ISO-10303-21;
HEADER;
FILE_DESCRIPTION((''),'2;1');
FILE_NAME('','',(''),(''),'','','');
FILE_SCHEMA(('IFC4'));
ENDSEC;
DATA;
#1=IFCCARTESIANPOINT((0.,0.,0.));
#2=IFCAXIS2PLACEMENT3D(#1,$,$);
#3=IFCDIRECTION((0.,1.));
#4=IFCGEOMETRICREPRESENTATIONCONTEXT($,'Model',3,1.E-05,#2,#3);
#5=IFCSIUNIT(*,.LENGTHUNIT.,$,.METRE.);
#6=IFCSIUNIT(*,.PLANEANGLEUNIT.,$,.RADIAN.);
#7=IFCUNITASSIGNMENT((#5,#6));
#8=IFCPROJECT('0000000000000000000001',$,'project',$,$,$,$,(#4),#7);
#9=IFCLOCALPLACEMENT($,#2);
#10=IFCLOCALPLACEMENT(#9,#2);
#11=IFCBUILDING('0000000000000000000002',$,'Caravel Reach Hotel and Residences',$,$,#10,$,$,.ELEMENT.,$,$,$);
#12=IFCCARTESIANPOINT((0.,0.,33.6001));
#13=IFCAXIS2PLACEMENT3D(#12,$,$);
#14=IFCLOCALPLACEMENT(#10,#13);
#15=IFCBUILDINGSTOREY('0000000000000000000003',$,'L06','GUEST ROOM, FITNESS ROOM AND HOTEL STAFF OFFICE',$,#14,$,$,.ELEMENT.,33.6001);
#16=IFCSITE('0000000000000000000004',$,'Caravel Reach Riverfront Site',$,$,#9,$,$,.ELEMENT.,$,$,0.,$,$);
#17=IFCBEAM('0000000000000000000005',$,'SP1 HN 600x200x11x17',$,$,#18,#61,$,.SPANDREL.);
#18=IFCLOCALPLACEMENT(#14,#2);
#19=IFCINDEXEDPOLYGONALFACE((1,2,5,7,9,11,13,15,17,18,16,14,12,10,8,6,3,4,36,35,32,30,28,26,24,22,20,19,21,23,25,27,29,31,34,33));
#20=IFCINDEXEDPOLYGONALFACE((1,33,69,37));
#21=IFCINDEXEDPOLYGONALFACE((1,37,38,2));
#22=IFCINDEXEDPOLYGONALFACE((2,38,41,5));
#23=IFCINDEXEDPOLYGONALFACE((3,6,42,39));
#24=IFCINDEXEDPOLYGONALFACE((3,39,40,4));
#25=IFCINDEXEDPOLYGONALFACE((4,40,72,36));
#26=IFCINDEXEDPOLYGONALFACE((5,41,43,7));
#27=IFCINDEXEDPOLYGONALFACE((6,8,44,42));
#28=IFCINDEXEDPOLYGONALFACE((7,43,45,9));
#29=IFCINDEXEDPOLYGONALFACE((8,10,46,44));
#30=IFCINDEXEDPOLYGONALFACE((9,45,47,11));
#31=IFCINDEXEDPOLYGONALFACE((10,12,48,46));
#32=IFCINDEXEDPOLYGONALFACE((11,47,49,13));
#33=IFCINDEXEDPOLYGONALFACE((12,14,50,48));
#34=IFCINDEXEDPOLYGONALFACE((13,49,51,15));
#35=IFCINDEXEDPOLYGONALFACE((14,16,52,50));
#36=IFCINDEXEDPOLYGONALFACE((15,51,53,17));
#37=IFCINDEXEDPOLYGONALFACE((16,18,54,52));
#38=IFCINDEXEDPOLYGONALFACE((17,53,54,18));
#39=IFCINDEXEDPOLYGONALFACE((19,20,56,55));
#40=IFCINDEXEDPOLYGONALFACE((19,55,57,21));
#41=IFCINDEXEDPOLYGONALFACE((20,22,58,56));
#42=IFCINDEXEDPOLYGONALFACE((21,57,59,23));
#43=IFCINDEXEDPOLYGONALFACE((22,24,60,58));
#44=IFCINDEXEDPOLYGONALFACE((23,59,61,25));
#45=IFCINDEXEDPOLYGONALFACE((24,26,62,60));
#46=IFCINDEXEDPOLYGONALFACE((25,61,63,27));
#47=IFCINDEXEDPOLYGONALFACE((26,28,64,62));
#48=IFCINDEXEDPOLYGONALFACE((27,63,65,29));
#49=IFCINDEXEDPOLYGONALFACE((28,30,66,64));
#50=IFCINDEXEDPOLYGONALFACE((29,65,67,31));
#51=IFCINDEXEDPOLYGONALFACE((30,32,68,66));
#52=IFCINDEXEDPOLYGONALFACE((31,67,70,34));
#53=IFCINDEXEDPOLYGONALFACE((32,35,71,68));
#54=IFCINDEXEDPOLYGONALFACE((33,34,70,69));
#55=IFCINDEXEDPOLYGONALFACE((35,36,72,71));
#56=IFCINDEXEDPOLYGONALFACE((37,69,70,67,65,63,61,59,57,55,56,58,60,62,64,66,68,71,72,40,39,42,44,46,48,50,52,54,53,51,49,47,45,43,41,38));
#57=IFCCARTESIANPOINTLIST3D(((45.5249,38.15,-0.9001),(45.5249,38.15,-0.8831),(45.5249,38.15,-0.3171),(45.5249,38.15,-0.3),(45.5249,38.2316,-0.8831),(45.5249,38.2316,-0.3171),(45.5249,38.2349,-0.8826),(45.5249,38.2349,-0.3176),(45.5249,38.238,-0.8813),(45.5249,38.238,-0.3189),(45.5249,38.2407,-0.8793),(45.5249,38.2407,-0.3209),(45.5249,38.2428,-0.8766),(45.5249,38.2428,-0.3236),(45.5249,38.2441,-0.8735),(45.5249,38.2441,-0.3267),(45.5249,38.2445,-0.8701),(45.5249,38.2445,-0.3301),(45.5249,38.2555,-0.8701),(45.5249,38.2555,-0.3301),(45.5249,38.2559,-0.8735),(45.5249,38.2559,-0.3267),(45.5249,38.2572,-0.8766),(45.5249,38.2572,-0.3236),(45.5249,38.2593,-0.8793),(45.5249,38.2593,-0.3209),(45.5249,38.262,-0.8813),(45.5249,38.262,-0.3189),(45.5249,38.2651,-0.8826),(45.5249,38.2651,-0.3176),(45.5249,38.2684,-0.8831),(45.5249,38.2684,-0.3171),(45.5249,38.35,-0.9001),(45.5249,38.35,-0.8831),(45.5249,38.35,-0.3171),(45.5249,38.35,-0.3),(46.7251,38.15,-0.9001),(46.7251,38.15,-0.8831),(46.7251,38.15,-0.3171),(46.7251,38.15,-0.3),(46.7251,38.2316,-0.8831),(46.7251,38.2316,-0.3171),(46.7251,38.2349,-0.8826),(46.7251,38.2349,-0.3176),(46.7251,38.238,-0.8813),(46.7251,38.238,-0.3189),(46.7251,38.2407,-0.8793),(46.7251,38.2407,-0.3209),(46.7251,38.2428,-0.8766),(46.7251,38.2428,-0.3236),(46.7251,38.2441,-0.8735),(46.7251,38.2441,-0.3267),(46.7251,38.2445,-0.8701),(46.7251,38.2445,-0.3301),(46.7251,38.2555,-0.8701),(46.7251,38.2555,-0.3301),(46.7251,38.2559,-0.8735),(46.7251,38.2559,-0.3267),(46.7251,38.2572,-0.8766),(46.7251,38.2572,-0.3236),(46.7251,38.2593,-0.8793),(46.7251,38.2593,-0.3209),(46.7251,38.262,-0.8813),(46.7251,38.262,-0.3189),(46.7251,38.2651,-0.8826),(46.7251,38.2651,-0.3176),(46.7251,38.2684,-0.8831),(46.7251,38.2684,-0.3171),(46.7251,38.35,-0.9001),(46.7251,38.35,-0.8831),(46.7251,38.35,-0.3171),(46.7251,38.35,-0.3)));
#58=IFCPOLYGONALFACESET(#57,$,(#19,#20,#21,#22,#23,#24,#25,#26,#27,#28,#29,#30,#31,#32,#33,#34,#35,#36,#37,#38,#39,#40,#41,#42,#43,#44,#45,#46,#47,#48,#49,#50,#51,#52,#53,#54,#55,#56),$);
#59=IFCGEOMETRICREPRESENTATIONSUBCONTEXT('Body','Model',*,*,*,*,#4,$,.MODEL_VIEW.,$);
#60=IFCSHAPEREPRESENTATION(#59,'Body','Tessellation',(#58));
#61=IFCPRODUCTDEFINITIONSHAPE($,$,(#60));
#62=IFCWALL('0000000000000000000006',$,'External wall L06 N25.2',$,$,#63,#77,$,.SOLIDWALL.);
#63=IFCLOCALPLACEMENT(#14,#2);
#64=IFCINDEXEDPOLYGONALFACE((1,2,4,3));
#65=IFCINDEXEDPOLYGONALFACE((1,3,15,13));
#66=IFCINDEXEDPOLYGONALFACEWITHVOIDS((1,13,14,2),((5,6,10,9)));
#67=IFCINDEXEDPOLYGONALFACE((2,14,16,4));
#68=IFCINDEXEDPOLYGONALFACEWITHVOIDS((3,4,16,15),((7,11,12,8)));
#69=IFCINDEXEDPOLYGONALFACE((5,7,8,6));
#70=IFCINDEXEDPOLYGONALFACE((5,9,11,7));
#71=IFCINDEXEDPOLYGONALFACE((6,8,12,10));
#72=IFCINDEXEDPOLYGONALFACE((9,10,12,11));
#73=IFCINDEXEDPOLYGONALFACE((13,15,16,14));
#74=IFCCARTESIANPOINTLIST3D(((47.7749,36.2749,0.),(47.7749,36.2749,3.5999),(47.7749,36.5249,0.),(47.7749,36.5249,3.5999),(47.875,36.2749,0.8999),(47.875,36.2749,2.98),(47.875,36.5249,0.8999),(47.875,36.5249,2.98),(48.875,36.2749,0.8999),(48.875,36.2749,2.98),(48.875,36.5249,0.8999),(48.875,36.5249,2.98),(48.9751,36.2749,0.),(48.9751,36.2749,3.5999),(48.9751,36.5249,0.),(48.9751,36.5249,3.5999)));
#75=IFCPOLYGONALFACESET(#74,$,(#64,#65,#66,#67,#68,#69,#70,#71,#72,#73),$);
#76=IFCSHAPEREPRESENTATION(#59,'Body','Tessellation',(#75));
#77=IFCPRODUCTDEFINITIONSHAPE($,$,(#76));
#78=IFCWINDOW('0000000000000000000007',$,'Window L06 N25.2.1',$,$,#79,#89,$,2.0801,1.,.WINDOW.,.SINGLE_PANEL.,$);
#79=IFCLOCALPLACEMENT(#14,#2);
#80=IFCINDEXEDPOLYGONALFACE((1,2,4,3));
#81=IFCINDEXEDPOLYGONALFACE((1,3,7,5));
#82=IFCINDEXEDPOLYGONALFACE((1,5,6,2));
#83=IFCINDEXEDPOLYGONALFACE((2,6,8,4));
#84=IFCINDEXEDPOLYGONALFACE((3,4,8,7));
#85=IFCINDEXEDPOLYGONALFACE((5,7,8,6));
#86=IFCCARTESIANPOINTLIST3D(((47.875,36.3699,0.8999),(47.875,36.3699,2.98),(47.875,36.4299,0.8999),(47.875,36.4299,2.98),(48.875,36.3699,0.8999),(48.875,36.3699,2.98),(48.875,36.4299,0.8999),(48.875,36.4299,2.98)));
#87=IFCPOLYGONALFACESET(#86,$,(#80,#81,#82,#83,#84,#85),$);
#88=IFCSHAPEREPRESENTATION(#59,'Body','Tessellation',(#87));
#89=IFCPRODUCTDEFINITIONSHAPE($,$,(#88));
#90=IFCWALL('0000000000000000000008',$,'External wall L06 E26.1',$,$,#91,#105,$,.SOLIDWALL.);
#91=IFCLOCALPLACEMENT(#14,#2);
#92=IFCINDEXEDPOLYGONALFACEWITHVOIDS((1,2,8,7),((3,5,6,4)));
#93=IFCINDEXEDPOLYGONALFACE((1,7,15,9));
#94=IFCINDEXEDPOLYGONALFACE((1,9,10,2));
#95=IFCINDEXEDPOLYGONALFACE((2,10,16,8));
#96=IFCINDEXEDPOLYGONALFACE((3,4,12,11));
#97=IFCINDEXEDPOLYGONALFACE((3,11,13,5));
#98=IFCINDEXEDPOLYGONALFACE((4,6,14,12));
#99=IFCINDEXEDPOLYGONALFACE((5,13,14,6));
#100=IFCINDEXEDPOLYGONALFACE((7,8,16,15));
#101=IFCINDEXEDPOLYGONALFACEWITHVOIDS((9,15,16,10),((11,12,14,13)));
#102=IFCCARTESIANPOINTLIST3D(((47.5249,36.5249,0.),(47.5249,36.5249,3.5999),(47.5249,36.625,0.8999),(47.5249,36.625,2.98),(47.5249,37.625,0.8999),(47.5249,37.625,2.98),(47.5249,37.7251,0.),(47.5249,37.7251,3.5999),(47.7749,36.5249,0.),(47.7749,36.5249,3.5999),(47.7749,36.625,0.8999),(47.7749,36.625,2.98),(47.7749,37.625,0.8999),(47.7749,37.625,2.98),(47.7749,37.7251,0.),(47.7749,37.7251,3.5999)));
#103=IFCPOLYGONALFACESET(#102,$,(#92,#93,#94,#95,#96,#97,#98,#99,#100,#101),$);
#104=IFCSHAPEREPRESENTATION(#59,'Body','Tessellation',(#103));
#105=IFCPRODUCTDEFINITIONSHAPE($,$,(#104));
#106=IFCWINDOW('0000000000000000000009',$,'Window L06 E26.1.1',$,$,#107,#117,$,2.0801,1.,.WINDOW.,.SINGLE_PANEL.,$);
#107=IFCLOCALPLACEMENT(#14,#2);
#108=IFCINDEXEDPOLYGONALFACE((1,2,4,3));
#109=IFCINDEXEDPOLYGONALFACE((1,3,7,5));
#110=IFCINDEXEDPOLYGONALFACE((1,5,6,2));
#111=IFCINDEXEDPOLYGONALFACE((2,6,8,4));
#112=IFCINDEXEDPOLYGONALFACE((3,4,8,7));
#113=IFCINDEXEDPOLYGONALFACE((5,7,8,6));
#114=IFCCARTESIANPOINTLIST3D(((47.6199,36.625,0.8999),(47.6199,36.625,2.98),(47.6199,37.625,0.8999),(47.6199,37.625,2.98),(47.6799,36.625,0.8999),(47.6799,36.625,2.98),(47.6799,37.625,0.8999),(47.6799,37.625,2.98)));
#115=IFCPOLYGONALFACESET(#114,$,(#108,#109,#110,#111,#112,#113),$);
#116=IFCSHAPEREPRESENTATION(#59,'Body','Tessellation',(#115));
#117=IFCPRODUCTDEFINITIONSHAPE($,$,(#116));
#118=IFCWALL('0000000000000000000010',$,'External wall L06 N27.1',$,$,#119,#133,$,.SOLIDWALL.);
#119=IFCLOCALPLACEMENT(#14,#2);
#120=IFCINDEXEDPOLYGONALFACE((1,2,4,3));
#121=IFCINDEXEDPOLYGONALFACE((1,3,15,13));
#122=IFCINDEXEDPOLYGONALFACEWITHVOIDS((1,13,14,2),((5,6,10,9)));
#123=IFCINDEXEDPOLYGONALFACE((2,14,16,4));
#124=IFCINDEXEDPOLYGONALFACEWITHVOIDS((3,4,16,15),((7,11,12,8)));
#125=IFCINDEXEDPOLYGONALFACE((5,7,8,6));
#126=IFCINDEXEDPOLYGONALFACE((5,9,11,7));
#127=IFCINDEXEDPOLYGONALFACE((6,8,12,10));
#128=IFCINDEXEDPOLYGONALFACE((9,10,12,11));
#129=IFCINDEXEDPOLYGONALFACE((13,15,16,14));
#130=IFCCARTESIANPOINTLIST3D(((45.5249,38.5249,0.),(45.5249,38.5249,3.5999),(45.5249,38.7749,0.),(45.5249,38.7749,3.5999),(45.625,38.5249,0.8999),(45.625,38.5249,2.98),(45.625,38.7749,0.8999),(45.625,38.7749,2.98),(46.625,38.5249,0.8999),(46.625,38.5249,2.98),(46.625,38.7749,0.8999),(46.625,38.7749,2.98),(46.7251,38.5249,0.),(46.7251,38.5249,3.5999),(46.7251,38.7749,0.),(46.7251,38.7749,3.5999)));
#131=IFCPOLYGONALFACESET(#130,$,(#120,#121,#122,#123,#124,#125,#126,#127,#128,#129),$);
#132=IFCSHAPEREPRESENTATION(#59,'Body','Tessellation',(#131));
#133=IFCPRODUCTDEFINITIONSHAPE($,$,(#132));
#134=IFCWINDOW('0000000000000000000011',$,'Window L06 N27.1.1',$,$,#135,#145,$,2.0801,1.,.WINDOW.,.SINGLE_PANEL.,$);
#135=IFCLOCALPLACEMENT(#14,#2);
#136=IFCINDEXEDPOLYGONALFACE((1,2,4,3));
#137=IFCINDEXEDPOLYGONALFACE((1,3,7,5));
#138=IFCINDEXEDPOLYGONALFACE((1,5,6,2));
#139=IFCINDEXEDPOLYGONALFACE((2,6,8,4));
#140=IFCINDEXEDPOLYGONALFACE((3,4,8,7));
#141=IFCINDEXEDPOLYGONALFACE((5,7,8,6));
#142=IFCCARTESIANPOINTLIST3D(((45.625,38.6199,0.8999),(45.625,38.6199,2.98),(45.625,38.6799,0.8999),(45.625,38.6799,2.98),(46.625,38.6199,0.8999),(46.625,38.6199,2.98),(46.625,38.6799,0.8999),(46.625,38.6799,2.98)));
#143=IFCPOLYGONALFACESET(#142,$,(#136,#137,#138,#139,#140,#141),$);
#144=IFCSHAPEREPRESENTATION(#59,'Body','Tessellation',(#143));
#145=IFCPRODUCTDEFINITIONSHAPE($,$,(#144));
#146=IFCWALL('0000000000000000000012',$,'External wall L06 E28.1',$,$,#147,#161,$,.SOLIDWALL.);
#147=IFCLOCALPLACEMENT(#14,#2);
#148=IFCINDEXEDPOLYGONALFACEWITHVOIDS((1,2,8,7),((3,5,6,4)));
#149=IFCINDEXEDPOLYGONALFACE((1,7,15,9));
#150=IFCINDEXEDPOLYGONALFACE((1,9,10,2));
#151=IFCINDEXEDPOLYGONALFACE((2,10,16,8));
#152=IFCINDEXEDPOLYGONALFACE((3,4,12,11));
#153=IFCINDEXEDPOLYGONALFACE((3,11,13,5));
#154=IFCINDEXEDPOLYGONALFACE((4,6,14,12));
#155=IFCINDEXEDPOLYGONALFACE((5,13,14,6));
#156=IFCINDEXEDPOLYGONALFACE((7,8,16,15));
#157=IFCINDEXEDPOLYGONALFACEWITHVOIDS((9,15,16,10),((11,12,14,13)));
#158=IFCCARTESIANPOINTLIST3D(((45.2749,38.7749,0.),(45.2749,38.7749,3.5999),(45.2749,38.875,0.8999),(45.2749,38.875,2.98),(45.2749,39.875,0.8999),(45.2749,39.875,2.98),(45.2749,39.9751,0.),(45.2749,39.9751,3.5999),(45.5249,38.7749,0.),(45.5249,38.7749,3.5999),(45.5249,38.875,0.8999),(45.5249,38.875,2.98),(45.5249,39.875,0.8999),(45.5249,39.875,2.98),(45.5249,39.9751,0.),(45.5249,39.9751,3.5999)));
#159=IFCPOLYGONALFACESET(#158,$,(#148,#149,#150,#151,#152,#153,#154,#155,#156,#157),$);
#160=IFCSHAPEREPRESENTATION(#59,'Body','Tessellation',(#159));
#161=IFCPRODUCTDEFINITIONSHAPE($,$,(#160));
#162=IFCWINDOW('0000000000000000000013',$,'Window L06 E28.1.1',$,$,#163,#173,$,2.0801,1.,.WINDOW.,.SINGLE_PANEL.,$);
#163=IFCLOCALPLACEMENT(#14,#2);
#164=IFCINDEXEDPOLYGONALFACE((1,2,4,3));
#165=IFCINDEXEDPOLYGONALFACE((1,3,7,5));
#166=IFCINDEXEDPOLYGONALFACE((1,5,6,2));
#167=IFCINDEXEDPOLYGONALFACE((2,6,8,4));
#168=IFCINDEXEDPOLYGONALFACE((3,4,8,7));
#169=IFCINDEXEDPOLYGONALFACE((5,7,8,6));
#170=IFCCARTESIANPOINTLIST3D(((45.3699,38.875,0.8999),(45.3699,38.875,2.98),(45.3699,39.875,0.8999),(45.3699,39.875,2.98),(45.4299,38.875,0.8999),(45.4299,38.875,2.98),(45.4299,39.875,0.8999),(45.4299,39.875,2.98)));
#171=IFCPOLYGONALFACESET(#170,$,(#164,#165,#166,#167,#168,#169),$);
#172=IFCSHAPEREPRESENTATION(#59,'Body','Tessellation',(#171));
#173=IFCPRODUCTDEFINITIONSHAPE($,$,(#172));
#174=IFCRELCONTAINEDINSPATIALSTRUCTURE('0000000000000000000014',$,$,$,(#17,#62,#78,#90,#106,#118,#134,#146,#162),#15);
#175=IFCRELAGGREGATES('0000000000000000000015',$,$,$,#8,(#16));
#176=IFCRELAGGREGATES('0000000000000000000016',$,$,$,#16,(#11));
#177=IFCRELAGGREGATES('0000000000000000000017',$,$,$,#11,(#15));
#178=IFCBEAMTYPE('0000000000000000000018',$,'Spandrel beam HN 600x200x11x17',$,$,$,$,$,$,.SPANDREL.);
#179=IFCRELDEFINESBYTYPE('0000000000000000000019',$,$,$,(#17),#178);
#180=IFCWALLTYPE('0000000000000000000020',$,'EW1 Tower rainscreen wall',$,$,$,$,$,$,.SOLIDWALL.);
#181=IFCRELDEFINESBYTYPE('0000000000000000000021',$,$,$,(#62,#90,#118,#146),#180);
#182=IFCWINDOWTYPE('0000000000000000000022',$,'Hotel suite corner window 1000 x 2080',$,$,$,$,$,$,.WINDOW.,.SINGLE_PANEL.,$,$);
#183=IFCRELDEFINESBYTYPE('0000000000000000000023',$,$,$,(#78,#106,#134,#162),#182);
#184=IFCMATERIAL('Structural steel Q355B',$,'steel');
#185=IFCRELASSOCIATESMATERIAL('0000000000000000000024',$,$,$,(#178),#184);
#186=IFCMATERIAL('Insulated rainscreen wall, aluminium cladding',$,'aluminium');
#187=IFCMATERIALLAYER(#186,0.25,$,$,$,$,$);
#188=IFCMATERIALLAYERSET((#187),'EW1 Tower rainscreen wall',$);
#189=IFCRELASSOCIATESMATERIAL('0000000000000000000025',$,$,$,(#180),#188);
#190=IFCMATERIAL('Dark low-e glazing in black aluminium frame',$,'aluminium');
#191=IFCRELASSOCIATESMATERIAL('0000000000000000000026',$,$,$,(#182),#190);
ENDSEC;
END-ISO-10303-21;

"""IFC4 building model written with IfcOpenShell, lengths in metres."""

from ifc_helpers import new_model, si_unit, direction, frame, frame_2d, origin, origin_2d, place, context, subcontext, project, spatial, rectangle, i_section, extrude, material, layer, layer_set, material_profile, profile_set, type_object, element, fill, save


model = new_model("IFC4")

# Units and contexts
model_context = context("Model", 3, precision=1e-05, world=origin(), true_north=direction((0.0, 1.0)))
body_context = subcontext(model_context, "Body", "Model", "MODEL_VIEW")
ifc_project = project(units=[si_unit("LENGTHUNIT", "METRE"), si_unit("PLANEANGLEUNIT", "RADIAN")], contexts=[model_context])

# Site, building, storey
site_placement = place(None, origin())
site = spatial("IfcSite", under=ifc_project, at=site_placement, Name="Caravel Reach Riverfront Site", CompositionType="ELEMENT", RefElevation=0.0)
building_placement = place(site_placement, origin())
building = spatial("IfcBuilding", under=site, at=building_placement, Name="Caravel Reach Hotel and Residences", CompositionType="ELEMENT")
storey_placement = place(building_placement, frame((0.0, 0.0, 33.6001)))
storey = spatial("IfcBuildingStorey", under=building, at=storey_placement, Name="L06", Description="GUEST ROOM, FITNESS ROOM AND HOTEL STAFF OFFICE", CompositionType="ELEMENT", Elevation=33.6001)

# Beam
ifc_material_1 = material(Name="Structural steel Q355B", Category="steel")
ifc_material_profile_1 = material_profile(ifc_material_1, i_section(OverallWidth=0.2, OverallDepth=0.6001, WebThickness=0.011, FlangeThickness=0.0171, FilletRadius=0.0129, at=origin_2d()), Name="HN 600x200x11x17")
ifc_profile_set_1 = profile_set([ifc_material_profile_1], Name="Structural steel Q355B")
beam_type_1 = type_object("IfcBeamType", Name="Spandrel beam HN 600x200x11x17", PredefinedType="SPANDREL", material=ifc_profile_set_1)
for number, where, z_axis, x_axis, name in (
    (1, (46.7251, 38.25, -0.6001), (-1.0, 0.0, 0.0), (0.0, -1.0, 0.0), "SP1 HN 600x200x11x17"),
):
    element("IfcBeam", number, at=place(storey_placement, frame(where, z_axis=z_axis, x_axis=x_axis)), inside=storey, type_object=beam_type_1, Name=name, PredefinedType="SPANDREL", context=body_context, shape_type="SweptSolid", body=[
        extrude(i_section(OverallWidth=0.2, OverallDepth=0.6001, WebThickness=0.011, FlangeThickness=0.0171, FilletRadius=0.0129, at=origin_2d()), origin(), (0.0, 0.0, 1.0), 1.2002),
    ])

# Walls, openings, windows
ifc_material_2 = material(Name="Insulated rainscreen wall, aluminium cladding", Category="aluminium")
ifc_layer = layer(ifc_material_2, 0.25)
ifc_layer_set = layer_set([ifc_layer], Name="EW1 Tower rainscreen wall")
wall_type = type_object("IfcWallType", Name="EW1 Tower rainscreen wall", PredefinedType="SOLIDWALL", material=ifc_layer_set)
wall_1_placement = place(storey_placement, frame((48.9751, 36.3999, 0.0), z_axis=(0.0, 0.0, 1.0), x_axis=(-1.0, 0.0, 0.0)))
wall_1 = element("IfcWall", 2, at=wall_1_placement, inside=storey, type_object=wall_type, Name="External wall L06 N25.2", PredefinedType="SOLIDWALL", context=body_context, shape_type="SweptSolid", body=[
    extrude(rectangle(XDim=1.2002, YDim=0.25, at=frame_2d((0.6001, 0.0))), origin(), (0.0, 0.0, 1.0), 3.5999),
])
opening_1_placement = place(wall_1_placement, frame((0.1001, 0.0, 0.8999)))
opening_1 = element("IfcOpeningElement", 3, at=opening_1_placement, cuts=wall_1, PredefinedType="OPENING", context=body_context, shape_type="SweptSolid", body=[
    extrude(rectangle(XDim=1.0, YDim=2.0801, at=frame_2d((0.5, 1.04))), frame((0.0, 0.135, 0.0), z_axis=(0.0, -1.0, 0.0), x_axis=(1.0, 0.0, 0.0)), (0.0, 0.0, 1.0), 0.27),
])
ifc_material_3 = material(Name="Dark low-e glazing in black aluminium frame", Category="aluminium")
window_type = type_object("IfcWindowType", Name="Hotel suite corner window 1000 x 2080", PartitioningType="SINGLE_PANEL", PredefinedType="WINDOW", material=ifc_material_3)
window_1_placement = place(opening_1_placement, origin())
window_1 = element("IfcWindow", 4, at=window_1_placement, inside=storey, type_object=window_type, Name="Window L06 N25.2.1", OverallHeight=2.0801, OverallWidth=1.0, PartitioningType="SINGLE_PANEL", PredefinedType="WINDOW", context=body_context, shape_type="SweptSolid", body=[
    extrude(rectangle(XDim=1.0, YDim=2.0801, at=frame_2d((0.5, 1.04))), frame((0.0, 0.03, 0.0), z_axis=(0.0, -1.0, 0.0), x_axis=(1.0, 0.0, 0.0)), (0.0, 0.0, 1.0), 0.0601),
])
fill(opening_1, window_1)
wall_2_placement = place(storey_placement, frame((47.6499, 36.5249, 0.0), z_axis=(0.0, 0.0, 1.0), x_axis=(0.0, 1.0, 0.0)))
wall_2 = element("IfcWall", 5, at=wall_2_placement, inside=storey, type_object=wall_type, Name="External wall L06 E26.1", PredefinedType="SOLIDWALL", context=body_context, shape_type="SweptSolid", body=[
    extrude(rectangle(XDim=1.2002, YDim=0.25, at=frame_2d((0.6001, 0.0))), origin(), (0.0, 0.0, 1.0), 3.5999),
])
opening_2_placement = place(wall_2_placement, frame((0.1001, 0.0, 0.8999)))
opening_2 = element("IfcOpeningElement", 6, at=opening_2_placement, cuts=wall_2, PredefinedType="OPENING", context=body_context, shape_type="SweptSolid", body=[
    extrude(rectangle(XDim=1.0, YDim=2.0801, at=frame_2d((0.5, 1.04))), frame((0.0, 0.135, 0.0), z_axis=(0.0, -1.0, 0.0), x_axis=(1.0, 0.0, 0.0)), (0.0, 0.0, 1.0), 0.27),
])
window_2_placement = place(opening_2_placement, origin())
window_2 = element("IfcWindow", 7, at=window_2_placement, inside=storey, type_object=window_type, Name="Window L06 E26.1.1", OverallHeight=2.0801, OverallWidth=1.0, PartitioningType="SINGLE_PANEL", PredefinedType="WINDOW", context=body_context, shape_type="SweptSolid", body=[
    extrude(rectangle(XDim=1.0, YDim=2.0801, at=frame_2d((0.5, 1.04))), frame((0.0, 0.03, 0.0), z_axis=(0.0, -1.0, 0.0), x_axis=(1.0, 0.0, 0.0)), (0.0, 0.0, 1.0), 0.0601),
])
fill(opening_2, window_2)
wall_3_placement = place(storey_placement, frame((46.7251, 38.6499, 0.0), z_axis=(0.0, 0.0, 1.0), x_axis=(-1.0, 0.0, 0.0)))
wall_3 = element("IfcWall", 8, at=wall_3_placement, inside=storey, type_object=wall_type, Name="External wall L06 N27.1", PredefinedType="SOLIDWALL", context=body_context, shape_type="SweptSolid", body=[
    extrude(rectangle(XDim=1.2002, YDim=0.25, at=frame_2d((0.6001, 0.0))), origin(), (0.0, 0.0, 1.0), 3.5999),
])
opening_3_placement = place(wall_3_placement, frame((0.1001, 0.0, 0.8999)))
opening_3 = element("IfcOpeningElement", 9, at=opening_3_placement, cuts=wall_3, PredefinedType="OPENING", context=body_context, shape_type="SweptSolid", body=[
    extrude(rectangle(XDim=1.0, YDim=2.0801, at=frame_2d((0.5, 1.04))), frame((0.0, 0.135, 0.0), z_axis=(0.0, -1.0, 0.0), x_axis=(1.0, 0.0, 0.0)), (0.0, 0.0, 1.0), 0.27),
])
window_3_placement = place(opening_3_placement, origin())
window_3 = element("IfcWindow", 10, at=window_3_placement, inside=storey, type_object=window_type, Name="Window L06 N27.1.1", OverallHeight=2.0801, OverallWidth=1.0, PartitioningType="SINGLE_PANEL", PredefinedType="WINDOW", context=body_context, shape_type="SweptSolid", body=[
    extrude(rectangle(XDim=1.0, YDim=2.0801, at=frame_2d((0.5, 1.04))), frame((0.0, 0.03, 0.0), z_axis=(0.0, -1.0, 0.0), x_axis=(1.0, 0.0, 0.0)), (0.0, 0.0, 1.0), 0.0601),
])
fill(opening_3, window_3)
wall_4_placement = place(storey_placement, frame((45.3999, 38.7749, 0.0), z_axis=(0.0, 0.0, 1.0), x_axis=(0.0, 1.0, 0.0)))
wall_4 = element("IfcWall", 11, at=wall_4_placement, inside=storey, type_object=wall_type, Name="External wall L06 E28.1", PredefinedType="SOLIDWALL", context=body_context, shape_type="SweptSolid", body=[
    extrude(rectangle(XDim=1.2002, YDim=0.25, at=frame_2d((0.6001, 0.0))), origin(), (0.0, 0.0, 1.0), 3.5999),
])
opening_4_placement = place(wall_4_placement, frame((0.1001, 0.0, 0.8999)))
opening_4 = element("IfcOpeningElement", 12, at=opening_4_placement, cuts=wall_4, PredefinedType="OPENING", context=body_context, shape_type="SweptSolid", body=[
    extrude(rectangle(XDim=1.0, YDim=2.0801, at=frame_2d((0.5, 1.04))), frame((0.0, 0.135, 0.0), z_axis=(0.0, -1.0, 0.0), x_axis=(1.0, 0.0, 0.0)), (0.0, 0.0, 1.0), 0.27),
])
window_4_placement = place(opening_4_placement, origin())
window_4 = element("IfcWindow", 13, at=window_4_placement, inside=storey, type_object=window_type, Name="Window L06 E28.1.1", OverallHeight=2.0801, OverallWidth=1.0, PartitioningType="SINGLE_PANEL", PredefinedType="WINDOW", context=body_context, shape_type="SweptSolid", body=[
    extrude(rectangle(XDim=1.0, YDim=2.0801, at=frame_2d((0.5, 1.04))), frame((0.0, 0.03, 0.0), z_axis=(0.0, -1.0, 0.0), x_axis=(1.0, 0.0, 0.0)), (0.0, 0.0, 1.0), 0.0601),
])
fill(opening_4, window_4)

save(model, "model.ifc")
